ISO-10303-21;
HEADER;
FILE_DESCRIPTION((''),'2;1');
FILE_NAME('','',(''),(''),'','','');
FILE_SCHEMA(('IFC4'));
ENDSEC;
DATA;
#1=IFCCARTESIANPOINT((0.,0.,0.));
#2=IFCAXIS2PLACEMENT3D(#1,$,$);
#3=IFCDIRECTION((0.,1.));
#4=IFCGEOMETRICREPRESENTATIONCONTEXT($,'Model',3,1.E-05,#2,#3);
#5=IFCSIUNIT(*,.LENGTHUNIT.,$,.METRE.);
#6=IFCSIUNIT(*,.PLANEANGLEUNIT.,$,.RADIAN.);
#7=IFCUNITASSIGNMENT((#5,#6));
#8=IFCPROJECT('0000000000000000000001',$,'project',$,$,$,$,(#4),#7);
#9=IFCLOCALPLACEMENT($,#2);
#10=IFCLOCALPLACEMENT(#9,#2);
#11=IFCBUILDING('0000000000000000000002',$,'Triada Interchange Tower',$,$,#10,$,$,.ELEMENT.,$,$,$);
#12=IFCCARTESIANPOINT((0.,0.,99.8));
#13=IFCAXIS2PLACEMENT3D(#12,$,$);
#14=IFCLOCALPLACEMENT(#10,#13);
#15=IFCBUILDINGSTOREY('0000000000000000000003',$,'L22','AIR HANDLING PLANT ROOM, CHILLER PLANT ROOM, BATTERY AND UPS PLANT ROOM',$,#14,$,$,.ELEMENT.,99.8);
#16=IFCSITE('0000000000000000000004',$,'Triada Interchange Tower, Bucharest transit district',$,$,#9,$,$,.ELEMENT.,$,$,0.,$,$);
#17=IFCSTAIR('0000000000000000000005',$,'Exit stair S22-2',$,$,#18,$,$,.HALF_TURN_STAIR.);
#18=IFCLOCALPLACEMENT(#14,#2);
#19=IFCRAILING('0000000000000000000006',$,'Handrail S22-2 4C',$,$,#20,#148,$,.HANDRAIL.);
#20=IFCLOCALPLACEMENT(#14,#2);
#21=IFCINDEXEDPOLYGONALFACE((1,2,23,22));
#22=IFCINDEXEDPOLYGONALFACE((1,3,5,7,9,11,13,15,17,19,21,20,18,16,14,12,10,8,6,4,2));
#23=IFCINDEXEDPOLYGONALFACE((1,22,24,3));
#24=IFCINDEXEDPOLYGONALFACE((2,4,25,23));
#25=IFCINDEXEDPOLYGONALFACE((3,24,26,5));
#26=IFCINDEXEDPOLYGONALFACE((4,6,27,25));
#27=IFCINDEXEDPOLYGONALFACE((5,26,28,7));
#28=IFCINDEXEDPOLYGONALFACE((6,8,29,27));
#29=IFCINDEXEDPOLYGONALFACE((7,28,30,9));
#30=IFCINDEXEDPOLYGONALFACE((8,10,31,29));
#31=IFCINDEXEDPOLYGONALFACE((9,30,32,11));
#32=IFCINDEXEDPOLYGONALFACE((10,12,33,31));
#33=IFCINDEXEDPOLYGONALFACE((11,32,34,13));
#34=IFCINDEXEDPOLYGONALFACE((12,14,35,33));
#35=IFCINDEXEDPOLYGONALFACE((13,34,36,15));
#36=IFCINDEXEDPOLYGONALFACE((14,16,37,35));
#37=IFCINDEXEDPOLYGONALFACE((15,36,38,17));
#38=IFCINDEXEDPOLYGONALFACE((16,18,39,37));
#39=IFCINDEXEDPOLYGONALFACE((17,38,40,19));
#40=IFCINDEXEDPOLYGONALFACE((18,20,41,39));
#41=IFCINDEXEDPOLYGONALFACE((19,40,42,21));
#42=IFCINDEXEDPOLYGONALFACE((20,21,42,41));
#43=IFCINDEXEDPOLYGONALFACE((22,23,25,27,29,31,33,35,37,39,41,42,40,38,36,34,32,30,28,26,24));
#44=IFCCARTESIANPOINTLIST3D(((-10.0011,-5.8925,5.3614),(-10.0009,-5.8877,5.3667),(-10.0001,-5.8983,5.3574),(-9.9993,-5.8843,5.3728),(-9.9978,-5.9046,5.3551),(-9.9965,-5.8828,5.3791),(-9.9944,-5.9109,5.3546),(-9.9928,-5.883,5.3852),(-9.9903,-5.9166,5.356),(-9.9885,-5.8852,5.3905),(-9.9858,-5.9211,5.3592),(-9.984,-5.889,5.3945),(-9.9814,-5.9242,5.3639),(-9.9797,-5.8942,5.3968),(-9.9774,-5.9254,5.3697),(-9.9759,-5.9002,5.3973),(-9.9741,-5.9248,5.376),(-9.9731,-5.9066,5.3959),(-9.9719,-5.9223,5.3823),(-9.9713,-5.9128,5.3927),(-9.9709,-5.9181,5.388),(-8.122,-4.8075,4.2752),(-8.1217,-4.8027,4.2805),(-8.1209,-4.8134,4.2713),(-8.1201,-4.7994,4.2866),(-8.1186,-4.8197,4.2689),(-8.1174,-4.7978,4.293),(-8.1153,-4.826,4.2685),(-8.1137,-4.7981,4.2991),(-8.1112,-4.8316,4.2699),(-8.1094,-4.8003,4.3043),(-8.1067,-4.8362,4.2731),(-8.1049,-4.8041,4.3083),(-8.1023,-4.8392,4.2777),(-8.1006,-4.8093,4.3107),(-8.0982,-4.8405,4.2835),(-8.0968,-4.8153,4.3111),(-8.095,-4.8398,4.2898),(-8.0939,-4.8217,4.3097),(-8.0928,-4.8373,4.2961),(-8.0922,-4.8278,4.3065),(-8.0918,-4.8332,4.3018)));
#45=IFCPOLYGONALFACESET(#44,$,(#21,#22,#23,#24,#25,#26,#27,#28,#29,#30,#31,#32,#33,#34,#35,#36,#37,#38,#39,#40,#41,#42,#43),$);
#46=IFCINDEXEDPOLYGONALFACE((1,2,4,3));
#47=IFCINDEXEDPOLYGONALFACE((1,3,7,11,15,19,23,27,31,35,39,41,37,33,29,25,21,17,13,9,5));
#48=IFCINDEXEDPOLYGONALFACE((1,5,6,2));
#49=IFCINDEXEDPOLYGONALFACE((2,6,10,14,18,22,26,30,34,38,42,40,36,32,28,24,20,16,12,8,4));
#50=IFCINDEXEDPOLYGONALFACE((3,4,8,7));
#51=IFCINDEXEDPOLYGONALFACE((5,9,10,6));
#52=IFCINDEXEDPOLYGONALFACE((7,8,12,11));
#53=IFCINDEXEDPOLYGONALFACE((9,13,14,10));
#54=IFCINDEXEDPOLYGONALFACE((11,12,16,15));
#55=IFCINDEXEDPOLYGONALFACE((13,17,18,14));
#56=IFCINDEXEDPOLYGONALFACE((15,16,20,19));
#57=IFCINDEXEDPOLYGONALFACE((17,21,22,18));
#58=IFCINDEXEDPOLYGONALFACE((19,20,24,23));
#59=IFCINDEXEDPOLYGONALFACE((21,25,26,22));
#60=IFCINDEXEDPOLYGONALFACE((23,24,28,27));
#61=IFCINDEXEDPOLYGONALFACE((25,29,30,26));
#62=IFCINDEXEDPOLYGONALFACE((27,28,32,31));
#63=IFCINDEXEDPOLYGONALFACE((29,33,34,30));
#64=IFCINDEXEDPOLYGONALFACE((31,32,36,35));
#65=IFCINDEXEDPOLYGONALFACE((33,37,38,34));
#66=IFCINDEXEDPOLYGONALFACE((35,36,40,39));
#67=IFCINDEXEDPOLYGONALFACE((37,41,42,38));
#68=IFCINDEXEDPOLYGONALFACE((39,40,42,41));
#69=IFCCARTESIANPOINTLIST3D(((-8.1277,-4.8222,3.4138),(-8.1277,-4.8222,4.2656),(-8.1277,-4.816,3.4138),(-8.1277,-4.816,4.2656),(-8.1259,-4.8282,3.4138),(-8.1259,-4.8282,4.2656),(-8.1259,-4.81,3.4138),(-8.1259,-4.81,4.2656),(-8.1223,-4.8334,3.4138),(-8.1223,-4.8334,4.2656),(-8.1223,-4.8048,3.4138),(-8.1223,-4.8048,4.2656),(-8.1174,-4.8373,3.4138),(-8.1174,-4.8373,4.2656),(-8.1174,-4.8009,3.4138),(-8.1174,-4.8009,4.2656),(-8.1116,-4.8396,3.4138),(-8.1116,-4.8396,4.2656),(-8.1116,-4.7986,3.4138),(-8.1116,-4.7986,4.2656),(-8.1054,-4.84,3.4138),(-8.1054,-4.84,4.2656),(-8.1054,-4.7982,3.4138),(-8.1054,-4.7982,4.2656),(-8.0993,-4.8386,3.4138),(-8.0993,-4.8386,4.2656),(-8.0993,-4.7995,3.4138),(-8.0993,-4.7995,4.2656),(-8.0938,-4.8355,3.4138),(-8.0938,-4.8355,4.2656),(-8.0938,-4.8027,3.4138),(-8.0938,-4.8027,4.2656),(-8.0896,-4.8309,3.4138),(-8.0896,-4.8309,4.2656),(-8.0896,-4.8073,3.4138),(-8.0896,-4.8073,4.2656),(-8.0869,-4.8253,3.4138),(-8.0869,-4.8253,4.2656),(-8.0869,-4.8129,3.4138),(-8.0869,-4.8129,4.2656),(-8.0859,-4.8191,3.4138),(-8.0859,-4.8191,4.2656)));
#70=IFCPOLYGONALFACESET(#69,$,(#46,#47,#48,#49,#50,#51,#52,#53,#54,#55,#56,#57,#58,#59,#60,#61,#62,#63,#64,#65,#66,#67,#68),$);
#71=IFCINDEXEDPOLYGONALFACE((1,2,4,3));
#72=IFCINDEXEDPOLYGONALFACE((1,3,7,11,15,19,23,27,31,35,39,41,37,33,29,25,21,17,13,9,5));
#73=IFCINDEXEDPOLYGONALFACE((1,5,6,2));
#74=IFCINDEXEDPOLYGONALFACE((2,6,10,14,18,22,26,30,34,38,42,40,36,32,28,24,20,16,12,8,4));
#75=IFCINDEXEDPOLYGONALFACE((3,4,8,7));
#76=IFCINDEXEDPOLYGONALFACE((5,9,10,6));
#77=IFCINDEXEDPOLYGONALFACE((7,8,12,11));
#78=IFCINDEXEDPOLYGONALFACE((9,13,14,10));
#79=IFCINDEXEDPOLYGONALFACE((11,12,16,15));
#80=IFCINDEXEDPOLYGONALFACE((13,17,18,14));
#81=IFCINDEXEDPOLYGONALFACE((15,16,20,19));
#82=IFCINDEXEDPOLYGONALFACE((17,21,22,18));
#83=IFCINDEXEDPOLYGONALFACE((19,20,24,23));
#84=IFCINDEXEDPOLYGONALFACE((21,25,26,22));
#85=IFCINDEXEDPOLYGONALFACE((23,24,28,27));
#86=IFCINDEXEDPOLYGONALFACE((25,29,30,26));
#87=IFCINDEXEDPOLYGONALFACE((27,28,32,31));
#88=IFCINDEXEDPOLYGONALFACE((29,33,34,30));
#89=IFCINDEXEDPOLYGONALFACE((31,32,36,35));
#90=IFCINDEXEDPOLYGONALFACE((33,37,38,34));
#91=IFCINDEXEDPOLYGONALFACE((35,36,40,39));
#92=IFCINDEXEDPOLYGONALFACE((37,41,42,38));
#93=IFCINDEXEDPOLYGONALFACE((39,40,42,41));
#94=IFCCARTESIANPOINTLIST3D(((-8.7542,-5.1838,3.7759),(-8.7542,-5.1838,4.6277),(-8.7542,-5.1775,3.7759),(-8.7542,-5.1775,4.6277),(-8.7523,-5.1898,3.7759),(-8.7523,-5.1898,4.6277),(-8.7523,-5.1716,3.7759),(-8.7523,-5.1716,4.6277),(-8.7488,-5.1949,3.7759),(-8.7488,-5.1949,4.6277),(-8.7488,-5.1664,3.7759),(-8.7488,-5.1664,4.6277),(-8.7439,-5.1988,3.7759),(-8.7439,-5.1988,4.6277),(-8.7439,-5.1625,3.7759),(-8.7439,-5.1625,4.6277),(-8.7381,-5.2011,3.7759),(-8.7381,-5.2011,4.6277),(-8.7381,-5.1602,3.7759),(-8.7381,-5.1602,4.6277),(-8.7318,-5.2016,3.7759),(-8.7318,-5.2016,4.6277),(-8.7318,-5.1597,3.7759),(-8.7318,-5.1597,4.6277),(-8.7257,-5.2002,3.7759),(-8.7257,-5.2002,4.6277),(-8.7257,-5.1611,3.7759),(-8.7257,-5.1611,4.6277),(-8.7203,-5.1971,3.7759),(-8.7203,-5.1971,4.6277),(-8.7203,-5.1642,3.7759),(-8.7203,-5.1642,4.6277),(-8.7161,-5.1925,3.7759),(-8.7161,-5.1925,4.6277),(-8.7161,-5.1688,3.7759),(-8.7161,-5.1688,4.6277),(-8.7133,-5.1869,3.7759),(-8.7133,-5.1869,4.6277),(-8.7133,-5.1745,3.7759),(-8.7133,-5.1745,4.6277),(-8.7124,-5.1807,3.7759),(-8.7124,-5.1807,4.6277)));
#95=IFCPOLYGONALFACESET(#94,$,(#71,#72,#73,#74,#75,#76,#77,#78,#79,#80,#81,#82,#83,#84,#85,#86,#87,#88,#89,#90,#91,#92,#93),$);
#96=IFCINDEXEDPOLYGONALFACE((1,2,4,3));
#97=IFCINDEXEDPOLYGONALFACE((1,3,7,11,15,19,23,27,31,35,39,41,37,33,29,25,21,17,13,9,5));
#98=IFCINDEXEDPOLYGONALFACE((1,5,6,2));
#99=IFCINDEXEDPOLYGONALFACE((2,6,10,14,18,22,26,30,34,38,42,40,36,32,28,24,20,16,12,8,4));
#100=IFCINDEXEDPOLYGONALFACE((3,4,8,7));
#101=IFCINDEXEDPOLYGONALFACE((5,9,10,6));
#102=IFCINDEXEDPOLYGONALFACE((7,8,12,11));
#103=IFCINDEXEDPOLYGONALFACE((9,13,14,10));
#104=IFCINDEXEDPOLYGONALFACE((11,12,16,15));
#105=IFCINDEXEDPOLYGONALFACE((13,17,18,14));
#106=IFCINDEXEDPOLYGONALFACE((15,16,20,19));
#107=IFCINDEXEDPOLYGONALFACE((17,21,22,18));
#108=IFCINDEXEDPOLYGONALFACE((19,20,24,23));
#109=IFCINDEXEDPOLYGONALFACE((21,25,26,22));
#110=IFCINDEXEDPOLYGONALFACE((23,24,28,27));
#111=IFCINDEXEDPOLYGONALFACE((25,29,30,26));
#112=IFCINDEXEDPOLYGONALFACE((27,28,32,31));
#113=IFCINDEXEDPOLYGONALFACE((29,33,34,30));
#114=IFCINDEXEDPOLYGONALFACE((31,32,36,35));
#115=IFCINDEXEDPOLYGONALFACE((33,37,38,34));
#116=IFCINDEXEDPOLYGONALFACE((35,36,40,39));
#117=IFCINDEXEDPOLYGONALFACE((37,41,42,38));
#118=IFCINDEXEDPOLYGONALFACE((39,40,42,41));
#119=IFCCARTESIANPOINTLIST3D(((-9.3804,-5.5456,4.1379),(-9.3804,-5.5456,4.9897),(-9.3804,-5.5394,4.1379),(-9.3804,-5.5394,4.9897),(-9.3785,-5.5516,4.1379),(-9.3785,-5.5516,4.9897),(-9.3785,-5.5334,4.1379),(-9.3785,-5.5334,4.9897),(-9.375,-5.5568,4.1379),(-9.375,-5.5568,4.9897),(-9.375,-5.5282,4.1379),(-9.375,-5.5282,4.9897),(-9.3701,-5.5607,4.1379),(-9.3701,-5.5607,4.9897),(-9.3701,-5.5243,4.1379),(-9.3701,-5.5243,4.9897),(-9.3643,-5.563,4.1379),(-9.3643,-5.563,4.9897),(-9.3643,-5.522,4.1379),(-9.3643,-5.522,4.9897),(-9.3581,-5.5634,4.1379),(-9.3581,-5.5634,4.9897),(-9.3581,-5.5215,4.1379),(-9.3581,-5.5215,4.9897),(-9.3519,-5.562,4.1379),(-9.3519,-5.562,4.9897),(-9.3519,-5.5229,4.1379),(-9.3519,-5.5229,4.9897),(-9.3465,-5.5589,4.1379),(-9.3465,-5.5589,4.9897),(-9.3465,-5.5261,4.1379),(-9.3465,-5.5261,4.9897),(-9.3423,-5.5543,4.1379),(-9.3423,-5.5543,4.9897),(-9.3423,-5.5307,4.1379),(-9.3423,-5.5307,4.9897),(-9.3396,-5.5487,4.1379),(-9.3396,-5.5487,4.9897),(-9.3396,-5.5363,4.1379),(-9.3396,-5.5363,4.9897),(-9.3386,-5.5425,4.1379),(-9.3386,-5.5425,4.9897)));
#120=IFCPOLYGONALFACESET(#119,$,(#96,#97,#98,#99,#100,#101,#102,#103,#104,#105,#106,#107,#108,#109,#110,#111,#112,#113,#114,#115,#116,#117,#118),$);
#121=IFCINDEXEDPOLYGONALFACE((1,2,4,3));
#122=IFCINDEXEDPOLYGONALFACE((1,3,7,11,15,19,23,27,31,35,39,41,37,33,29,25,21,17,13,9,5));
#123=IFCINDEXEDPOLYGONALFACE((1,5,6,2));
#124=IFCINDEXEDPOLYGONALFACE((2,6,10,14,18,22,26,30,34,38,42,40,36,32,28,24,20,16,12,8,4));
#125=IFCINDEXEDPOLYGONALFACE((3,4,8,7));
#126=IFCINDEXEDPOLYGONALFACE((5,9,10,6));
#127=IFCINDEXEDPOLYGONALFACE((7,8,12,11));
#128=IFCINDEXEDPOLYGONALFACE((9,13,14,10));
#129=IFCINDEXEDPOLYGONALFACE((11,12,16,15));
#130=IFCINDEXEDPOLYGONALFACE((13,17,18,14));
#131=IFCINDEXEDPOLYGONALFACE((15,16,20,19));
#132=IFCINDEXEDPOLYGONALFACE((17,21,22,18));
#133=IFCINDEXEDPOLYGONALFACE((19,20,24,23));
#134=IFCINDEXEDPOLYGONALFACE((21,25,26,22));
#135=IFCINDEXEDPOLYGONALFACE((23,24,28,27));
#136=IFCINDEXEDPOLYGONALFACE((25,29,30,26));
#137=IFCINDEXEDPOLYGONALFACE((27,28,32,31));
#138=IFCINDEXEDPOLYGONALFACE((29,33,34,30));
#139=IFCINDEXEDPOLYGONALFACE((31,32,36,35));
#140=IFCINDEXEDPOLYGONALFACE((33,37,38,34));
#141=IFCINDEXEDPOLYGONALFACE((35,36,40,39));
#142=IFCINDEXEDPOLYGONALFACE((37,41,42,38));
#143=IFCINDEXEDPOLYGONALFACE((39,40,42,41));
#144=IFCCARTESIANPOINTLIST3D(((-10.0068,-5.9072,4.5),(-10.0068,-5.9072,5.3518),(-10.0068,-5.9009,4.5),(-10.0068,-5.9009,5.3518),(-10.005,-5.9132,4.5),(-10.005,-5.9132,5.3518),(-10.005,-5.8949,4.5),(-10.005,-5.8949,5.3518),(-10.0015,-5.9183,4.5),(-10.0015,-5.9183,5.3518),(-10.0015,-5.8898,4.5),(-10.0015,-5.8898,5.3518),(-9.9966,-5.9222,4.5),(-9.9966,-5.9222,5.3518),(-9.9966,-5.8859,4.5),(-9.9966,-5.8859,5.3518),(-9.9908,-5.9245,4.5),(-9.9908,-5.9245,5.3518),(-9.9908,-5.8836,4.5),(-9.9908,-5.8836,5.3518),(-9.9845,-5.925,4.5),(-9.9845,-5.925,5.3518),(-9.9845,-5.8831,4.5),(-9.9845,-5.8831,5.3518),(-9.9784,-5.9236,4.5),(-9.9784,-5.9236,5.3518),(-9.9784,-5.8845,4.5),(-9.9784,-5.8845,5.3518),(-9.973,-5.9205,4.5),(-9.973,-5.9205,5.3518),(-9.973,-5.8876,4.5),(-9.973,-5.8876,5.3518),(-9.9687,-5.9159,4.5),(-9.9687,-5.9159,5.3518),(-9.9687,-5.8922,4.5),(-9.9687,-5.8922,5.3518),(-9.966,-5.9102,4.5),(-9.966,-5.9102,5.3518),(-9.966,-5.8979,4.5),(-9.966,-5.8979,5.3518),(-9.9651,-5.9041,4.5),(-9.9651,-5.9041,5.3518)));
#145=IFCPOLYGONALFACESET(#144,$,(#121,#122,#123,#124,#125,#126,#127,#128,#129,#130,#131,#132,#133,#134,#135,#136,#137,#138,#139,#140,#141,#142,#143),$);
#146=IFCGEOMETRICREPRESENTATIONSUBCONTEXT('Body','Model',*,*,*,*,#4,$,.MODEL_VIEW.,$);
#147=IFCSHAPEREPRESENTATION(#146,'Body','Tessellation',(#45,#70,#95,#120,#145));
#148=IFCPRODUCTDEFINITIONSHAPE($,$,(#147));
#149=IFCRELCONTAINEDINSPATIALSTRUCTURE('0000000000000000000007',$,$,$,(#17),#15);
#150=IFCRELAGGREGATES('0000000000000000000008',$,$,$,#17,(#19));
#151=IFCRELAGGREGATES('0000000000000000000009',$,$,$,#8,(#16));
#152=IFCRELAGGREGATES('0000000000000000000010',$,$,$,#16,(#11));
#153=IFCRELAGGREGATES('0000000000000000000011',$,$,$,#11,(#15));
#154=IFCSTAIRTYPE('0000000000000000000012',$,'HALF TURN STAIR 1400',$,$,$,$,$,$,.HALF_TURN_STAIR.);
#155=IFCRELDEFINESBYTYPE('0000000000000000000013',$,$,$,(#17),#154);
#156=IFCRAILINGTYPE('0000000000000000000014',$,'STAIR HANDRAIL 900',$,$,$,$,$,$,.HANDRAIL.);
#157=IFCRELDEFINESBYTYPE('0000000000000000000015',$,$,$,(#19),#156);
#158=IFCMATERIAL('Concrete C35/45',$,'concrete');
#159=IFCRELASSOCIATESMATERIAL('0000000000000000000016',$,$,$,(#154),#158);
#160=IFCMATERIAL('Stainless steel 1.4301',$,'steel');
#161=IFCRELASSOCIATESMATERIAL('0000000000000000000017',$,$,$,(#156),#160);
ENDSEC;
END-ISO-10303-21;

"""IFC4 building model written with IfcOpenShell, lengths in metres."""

from ifc_helpers import new_model, si_unit, direction, frame, origin, origin_2d, place, context, subcontext, project, spatial, circle, extrude, material, type_object, element, aggregate, save


model = new_model("IFC4")

# Units and contexts
model_context = context("Model", 3, precision=1e-05, world=origin(), true_north=direction((0.0, 1.0)))
body_context = subcontext(model_context, "Body", "Model", "MODEL_VIEW")
ifc_project = project(units=[si_unit("LENGTHUNIT", "METRE"), si_unit("PLANEANGLEUNIT", "RADIAN")], contexts=[model_context])

# Site, building, storey
site_placement = place(None, origin())
site = spatial("IfcSite", under=ifc_project, at=site_placement, Name="Triada Interchange Tower, Bucharest transit district", CompositionType="ELEMENT", RefElevation=0.0)
building_placement = place(site_placement, origin())
building = spatial("IfcBuilding", under=site, at=building_placement, Name="Triada Interchange Tower", CompositionType="ELEMENT")
storey_placement = place(building_placement, frame((0.0, 0.0, 99.8)))
storey = spatial("IfcBuildingStorey", under=building, at=storey_placement, Name="L22", Description="AIR HANDLING PLANT ROOM, CHILLER PLANT ROOM, BATTERY AND UPS PLANT ROOM", CompositionType="ELEMENT", Elevation=99.8)

# Shared definitions
ifc_material_1 = material(Name="Concrete C35/45", Category="concrete")

# Stair, railing
stair_type = type_object("IfcStairType", Name="HALF TURN STAIR 1400", PredefinedType="HALF_TURN_STAIR", material=ifc_material_1)
stair_placement = place(storey_placement, origin())
stair = element("IfcStair", 1, at=stair_placement, inside=storey, type_object=stair_type, Name="Exit stair S22-2", PredefinedType="HALF_TURN_STAIR")
ifc_material_2 = material(Name="Stainless steel 1.4301", Category="steel")
railing_type_1 = type_object("IfcRailingType", Name="STAIR HANDRAIL 900", PredefinedType="HANDRAIL", material=ifc_material_2)
railing_1_placement = place(storey_placement, frame((-8.1069, -4.8191, 3.4138)))
railing_1 = element("IfcRailing", 2, at=railing_1_placement, type_object=railing_type_1, Name="Handrail S22-2 4C", PredefinedType="HANDRAIL", context=body_context, shape_type="SweptSolid", body=[
    extrude(circle(Radius=0.0239, at=origin_2d()), frame((0.0, 0.0, 0.876), z_axis=(-0.774413, -0.447121, 0.447624), x_axis=(0.500011, -0.866019, 0.0)), (0.0, 0.0, 1.0), 2.4265),
    extrude(circle(Radius=0.021, at=origin_2d()), origin(), (0.0, 0.0, 1.0), 0.8518),
    extrude(circle(Radius=0.021, at=origin_2d()), frame((-0.6265, -0.3616, 0.3621)), (0.0, 0.0, 1.0), 0.8518),
    extrude(circle(Radius=0.021, at=origin_2d()), frame((-1.2527, -0.7234, 0.7241)), (0.0, 0.0, 1.0), 0.8518),
    extrude(circle(Radius=0.021, at=origin_2d()), frame((-1.8792, -1.085, 1.0862)), (0.0, 0.0, 1.0), 0.8518),
])
aggregate(stair, [railing_1])

save(model, "model.ifc")
